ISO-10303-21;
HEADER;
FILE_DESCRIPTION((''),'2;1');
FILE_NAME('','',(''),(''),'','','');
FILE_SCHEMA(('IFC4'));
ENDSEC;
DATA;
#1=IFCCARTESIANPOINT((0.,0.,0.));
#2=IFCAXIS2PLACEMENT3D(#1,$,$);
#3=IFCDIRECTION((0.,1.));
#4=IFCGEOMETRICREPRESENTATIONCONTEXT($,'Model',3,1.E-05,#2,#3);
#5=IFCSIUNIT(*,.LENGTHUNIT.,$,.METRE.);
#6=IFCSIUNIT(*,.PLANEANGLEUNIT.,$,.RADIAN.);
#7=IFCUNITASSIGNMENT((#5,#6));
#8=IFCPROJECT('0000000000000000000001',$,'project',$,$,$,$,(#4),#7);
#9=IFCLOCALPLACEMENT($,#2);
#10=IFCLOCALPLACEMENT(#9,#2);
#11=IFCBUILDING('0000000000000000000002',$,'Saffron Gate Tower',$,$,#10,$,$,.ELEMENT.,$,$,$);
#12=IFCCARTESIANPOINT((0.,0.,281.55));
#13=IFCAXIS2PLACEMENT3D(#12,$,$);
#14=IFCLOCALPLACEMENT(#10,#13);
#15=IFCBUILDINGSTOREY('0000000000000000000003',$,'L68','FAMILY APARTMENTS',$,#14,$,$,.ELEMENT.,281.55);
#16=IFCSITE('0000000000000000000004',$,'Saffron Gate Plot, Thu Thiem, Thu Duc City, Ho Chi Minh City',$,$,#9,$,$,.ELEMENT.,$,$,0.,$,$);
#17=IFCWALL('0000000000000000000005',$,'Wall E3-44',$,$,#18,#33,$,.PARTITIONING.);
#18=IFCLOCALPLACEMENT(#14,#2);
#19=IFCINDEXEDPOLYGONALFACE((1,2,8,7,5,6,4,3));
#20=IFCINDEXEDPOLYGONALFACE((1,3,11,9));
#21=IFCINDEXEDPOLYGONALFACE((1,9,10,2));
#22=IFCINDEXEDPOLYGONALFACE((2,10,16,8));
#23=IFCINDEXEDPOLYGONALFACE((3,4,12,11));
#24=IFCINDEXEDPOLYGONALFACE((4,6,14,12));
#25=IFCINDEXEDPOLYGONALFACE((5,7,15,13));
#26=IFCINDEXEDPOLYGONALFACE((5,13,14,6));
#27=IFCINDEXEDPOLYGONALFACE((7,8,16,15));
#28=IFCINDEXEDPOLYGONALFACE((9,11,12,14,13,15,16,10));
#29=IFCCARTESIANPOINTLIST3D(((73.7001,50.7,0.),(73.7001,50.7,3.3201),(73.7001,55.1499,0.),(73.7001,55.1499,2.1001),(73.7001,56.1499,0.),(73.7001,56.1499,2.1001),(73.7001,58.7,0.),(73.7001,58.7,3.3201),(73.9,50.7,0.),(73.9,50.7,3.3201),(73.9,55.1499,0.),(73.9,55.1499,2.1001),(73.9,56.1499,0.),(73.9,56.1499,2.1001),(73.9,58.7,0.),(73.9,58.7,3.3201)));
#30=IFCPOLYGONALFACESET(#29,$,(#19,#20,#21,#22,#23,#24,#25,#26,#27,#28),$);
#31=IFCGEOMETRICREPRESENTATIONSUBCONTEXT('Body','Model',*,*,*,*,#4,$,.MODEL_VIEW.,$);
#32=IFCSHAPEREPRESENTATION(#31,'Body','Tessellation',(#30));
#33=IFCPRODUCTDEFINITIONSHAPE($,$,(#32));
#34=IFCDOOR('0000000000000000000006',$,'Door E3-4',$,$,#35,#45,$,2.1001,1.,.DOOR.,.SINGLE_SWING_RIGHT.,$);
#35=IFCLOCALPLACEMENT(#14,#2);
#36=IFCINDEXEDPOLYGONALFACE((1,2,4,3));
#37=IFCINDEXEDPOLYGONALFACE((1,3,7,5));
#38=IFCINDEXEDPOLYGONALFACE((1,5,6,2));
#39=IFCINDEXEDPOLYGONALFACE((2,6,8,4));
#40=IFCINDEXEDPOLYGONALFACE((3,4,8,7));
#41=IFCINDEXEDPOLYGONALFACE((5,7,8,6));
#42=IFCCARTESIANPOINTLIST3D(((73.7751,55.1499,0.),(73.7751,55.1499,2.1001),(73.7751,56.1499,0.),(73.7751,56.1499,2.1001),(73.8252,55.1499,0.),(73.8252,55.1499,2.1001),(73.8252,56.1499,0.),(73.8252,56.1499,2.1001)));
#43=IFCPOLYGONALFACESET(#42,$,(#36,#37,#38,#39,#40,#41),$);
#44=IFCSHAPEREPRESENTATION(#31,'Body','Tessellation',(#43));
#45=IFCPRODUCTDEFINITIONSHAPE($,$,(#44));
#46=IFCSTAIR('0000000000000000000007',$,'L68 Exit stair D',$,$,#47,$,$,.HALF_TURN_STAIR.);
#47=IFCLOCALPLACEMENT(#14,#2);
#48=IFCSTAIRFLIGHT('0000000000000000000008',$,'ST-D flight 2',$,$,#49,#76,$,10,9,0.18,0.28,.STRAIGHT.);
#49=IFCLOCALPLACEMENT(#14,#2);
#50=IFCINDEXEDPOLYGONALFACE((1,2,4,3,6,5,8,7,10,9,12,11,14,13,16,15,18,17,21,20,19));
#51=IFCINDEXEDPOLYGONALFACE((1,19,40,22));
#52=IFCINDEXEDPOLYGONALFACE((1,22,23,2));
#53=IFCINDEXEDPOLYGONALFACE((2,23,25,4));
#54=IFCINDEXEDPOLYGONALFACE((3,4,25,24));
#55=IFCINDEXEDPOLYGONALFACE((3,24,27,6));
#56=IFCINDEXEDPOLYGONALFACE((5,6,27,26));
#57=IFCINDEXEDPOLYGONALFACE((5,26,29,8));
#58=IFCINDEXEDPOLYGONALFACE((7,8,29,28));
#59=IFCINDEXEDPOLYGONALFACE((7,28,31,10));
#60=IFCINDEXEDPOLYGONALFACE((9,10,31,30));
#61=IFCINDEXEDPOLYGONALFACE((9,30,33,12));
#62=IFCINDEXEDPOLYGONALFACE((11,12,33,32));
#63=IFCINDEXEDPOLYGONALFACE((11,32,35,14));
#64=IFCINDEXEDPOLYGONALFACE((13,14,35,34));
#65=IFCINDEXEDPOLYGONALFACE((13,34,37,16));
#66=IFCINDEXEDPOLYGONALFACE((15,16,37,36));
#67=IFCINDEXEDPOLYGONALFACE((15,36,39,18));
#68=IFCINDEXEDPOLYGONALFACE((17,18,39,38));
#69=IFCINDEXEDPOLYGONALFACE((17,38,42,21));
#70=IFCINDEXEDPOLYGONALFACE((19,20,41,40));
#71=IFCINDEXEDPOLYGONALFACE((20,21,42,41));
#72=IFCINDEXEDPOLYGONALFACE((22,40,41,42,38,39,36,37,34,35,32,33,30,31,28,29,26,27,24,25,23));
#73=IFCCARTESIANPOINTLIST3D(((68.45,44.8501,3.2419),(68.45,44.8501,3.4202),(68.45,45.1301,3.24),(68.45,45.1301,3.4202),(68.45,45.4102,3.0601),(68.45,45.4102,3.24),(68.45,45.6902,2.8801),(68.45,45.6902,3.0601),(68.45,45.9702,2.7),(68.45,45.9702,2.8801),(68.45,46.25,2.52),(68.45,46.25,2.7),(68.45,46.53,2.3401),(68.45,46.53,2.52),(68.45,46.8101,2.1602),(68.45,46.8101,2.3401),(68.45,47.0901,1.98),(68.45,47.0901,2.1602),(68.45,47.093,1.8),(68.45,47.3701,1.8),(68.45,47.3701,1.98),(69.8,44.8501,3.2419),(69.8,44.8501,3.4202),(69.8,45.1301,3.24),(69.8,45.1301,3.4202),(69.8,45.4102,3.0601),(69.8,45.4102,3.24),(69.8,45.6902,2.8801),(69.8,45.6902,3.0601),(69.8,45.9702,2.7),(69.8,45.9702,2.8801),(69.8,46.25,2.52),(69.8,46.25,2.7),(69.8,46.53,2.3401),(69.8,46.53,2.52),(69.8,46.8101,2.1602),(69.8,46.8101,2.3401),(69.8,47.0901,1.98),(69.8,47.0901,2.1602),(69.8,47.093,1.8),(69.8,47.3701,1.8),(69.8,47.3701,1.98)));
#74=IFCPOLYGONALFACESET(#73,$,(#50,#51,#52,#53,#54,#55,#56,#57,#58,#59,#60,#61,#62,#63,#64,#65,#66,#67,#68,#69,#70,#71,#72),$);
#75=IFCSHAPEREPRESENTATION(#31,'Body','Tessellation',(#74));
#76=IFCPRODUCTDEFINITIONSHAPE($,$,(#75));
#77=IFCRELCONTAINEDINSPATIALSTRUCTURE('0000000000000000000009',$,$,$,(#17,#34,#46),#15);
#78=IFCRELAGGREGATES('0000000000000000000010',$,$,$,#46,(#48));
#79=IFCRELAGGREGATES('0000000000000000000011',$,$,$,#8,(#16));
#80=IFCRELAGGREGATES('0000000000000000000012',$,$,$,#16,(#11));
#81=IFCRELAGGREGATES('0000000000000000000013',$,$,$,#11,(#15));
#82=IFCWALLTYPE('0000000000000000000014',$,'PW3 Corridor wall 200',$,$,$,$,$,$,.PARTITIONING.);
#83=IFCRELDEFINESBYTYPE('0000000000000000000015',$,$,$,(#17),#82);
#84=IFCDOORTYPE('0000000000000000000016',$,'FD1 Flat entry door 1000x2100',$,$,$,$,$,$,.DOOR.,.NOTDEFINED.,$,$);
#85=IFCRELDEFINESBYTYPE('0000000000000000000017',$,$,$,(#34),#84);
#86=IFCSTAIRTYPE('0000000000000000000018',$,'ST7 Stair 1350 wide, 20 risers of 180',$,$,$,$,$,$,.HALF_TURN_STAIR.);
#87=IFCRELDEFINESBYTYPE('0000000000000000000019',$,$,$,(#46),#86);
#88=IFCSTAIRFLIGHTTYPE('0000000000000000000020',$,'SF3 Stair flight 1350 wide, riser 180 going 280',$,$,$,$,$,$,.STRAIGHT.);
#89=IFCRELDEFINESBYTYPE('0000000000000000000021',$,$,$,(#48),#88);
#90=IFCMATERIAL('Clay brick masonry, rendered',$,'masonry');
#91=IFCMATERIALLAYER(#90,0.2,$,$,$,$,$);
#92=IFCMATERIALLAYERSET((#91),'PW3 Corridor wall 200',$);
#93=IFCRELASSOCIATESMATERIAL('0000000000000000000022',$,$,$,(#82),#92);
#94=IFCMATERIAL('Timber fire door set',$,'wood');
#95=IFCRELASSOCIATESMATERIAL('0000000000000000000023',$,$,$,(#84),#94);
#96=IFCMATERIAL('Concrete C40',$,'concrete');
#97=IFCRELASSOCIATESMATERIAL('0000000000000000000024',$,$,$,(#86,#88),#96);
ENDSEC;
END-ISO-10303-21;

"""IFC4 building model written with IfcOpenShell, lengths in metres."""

from ifc_helpers import new_model, si_unit, direction, frame, frame_2d, origin, place, context, subcontext, project, spatial, polyline, rectangle, outline, extrude, material, layer, layer_set, type_object, element, fill, aggregate, save


model = new_model("IFC4")

# Units and contexts
model_context = context("Model", 3, precision=1e-05, world=origin(), true_north=direction((0.0, 1.0)))
body_context = subcontext(model_context, "Body", "Model", "MODEL_VIEW")
ifc_project = project(units=[si_unit("LENGTHUNIT", "METRE"), si_unit("PLANEANGLEUNIT", "RADIAN")], contexts=[model_context])

# Site, building, storey
site_placement = place(None, origin())
site = spatial("IfcSite", under=ifc_project, at=site_placement, Name="Saffron Gate Plot, Thu Thiem, Thu Duc City, Ho Chi Minh City", CompositionType="ELEMENT", RefElevation=0.0)
building_placement = place(site_placement, origin())
building = spatial("IfcBuilding", under=site, at=building_placement, Name="Saffron Gate Tower", CompositionType="ELEMENT")
storey_placement = place(building_placement, frame((0.0, 0.0, 281.55)))
storey = spatial("IfcBuildingStorey", under=building, at=storey_placement, Name="L68", Description="FAMILY APARTMENTS", CompositionType="ELEMENT", Elevation=281.55)

# Shared definitions
ifc_material_1 = material(Name="Concrete C40", Category="concrete")

# Shared definitions
ifc_material_2 = material(Name="Clay brick masonry, rendered", Category="masonry")
ifc_layer_1 = layer(ifc_material_2, 0.2)
ifc_layer_set_1 = layer_set([ifc_layer_1], Name="PW3 Corridor wall 200")
wall_type_1 = type_object("IfcWallType", Name="PW3 Corridor wall 200", PredefinedType="PARTITIONING", material=ifc_layer_set_1)

# Wall, opening, door
wall_1_placement = place(storey_placement, frame((73.8, 50.7, 0.0), z_axis=(0.0, 0.0, 1.0), x_axis=(0.0, 1.0, 0.0)))
wall_1 = element("IfcWall", 1, at=wall_1_placement, inside=storey, type_object=wall_type_1, Name="Wall E3-44", PredefinedType="PARTITIONING", context=body_context, shape_type="SweptSolid", body=[
    extrude(rectangle(XDim=8.0, YDim=0.2, at=frame_2d((4.0, 0.0))), origin(), (0.0, 0.0, 1.0), 3.3201),
])
opening_1_placement = place(wall_1_placement, frame((4.45, 0.0, 0.0)))
opening_1 = element("IfcOpeningElement", 2, at=opening_1_placement, cuts=wall_1, PredefinedType="OPENING", context=body_context, shape_type="SweptSolid", body=[
    extrude(rectangle(XDim=1.0, YDim=2.1001, at=frame_2d((0.5, 1.05))), frame((0.0, 0.1099, 0.0), z_axis=(0.0, -1.0, 0.0), x_axis=(1.0, 0.0, 0.0)), (0.0, 0.0, 1.0), 0.22),
])
ifc_material_3 = material(Name="Timber fire door set", Category="wood")
door_type_1 = type_object("IfcDoorType", Name="FD1 Flat entry door 1000x2100", OperationType="NOTDEFINED", PredefinedType="DOOR", material=ifc_material_3)
door_1_placement = place(opening_1_placement, origin())
door_1 = element("IfcDoor", 3, at=door_1_placement, inside=storey, type_object=door_type_1, Name="Door E3-4", OperationType="SINGLE_SWING_RIGHT", OverallHeight=2.1001, OverallWidth=1.0, PredefinedType="DOOR", context=body_context, shape_type="SweptSolid", body=[
    extrude(rectangle(XDim=1.0, YDim=2.1001, at=frame_2d((0.5, 1.05))), frame((0.0, 0.0249, 0.0), z_axis=(0.0, -1.0, 0.0), x_axis=(1.0, 0.0, 0.0)), (0.0, 0.0, 1.0), 0.05),
])
fill(opening_1, door_1)

# Stair, stair flight
stair_type = type_object("IfcStairType", Name="ST7 Stair 1350 wide, 20 risers of 180", PredefinedType="HALF_TURN_STAIR", material=ifc_material_1)
stair_placement = place(storey_placement, origin())
stair = element("IfcStair", 4, at=stair_placement, inside=storey, type_object=stair_type, Name="L68 Exit stair D", PredefinedType="HALF_TURN_STAIR")
stair_flight_type = type_object("IfcStairFlightType", Name="SF3 Stair flight 1350 wide, riser 180 going 280", PredefinedType="STRAIGHT", material=ifc_material_1)
stair_flight_placement = place(storey_placement, frame((69.125, 47.3701, 1.8), z_axis=(0.0, 0.0, 1.0), x_axis=(0.0, -1.0, 0.0)))
stair_flight = element("IfcStairFlight", 5, at=stair_flight_placement, type_object=stair_flight_type, Name="ST-D flight 2", NumberOfRisers=10, NumberOfTreads=9, PredefinedType="STRAIGHT", RiserHeight=0.18, TreadLength=0.28, context=body_context, shape_type="SweptSolid", body=[
    extrude(outline(polyline([(0.0, 0.0), (0.0, 0.1799), (0.28, 0.1799), (0.28, 0.3601), (0.5601, 0.3601), (0.5601, 0.54), (0.8401, 0.54), (0.8401, 0.72), (1.1201, 0.72), (1.1201, 0.8999), (1.3999, 0.8999), (1.3999, 1.0801), (1.6799, 1.0801), (1.6799, 1.26), (1.96, 1.26), (1.96, 1.4399), (2.24, 1.4399), (2.24, 1.6201), (2.52, 1.6201), (2.52, 1.8), (2.52, 1.4419), (0.2771, 0.0), (0.0, 0.0)])), frame((0.0, 0.675, 0.0), z_axis=(0.0, -1.0, 0.0), x_axis=(1.0, 0.0, 0.0)), (0.0, 0.0, 1.0), 1.3501),
])
aggregate(stair, [stair_flight])

save(model, "model.ifc")
